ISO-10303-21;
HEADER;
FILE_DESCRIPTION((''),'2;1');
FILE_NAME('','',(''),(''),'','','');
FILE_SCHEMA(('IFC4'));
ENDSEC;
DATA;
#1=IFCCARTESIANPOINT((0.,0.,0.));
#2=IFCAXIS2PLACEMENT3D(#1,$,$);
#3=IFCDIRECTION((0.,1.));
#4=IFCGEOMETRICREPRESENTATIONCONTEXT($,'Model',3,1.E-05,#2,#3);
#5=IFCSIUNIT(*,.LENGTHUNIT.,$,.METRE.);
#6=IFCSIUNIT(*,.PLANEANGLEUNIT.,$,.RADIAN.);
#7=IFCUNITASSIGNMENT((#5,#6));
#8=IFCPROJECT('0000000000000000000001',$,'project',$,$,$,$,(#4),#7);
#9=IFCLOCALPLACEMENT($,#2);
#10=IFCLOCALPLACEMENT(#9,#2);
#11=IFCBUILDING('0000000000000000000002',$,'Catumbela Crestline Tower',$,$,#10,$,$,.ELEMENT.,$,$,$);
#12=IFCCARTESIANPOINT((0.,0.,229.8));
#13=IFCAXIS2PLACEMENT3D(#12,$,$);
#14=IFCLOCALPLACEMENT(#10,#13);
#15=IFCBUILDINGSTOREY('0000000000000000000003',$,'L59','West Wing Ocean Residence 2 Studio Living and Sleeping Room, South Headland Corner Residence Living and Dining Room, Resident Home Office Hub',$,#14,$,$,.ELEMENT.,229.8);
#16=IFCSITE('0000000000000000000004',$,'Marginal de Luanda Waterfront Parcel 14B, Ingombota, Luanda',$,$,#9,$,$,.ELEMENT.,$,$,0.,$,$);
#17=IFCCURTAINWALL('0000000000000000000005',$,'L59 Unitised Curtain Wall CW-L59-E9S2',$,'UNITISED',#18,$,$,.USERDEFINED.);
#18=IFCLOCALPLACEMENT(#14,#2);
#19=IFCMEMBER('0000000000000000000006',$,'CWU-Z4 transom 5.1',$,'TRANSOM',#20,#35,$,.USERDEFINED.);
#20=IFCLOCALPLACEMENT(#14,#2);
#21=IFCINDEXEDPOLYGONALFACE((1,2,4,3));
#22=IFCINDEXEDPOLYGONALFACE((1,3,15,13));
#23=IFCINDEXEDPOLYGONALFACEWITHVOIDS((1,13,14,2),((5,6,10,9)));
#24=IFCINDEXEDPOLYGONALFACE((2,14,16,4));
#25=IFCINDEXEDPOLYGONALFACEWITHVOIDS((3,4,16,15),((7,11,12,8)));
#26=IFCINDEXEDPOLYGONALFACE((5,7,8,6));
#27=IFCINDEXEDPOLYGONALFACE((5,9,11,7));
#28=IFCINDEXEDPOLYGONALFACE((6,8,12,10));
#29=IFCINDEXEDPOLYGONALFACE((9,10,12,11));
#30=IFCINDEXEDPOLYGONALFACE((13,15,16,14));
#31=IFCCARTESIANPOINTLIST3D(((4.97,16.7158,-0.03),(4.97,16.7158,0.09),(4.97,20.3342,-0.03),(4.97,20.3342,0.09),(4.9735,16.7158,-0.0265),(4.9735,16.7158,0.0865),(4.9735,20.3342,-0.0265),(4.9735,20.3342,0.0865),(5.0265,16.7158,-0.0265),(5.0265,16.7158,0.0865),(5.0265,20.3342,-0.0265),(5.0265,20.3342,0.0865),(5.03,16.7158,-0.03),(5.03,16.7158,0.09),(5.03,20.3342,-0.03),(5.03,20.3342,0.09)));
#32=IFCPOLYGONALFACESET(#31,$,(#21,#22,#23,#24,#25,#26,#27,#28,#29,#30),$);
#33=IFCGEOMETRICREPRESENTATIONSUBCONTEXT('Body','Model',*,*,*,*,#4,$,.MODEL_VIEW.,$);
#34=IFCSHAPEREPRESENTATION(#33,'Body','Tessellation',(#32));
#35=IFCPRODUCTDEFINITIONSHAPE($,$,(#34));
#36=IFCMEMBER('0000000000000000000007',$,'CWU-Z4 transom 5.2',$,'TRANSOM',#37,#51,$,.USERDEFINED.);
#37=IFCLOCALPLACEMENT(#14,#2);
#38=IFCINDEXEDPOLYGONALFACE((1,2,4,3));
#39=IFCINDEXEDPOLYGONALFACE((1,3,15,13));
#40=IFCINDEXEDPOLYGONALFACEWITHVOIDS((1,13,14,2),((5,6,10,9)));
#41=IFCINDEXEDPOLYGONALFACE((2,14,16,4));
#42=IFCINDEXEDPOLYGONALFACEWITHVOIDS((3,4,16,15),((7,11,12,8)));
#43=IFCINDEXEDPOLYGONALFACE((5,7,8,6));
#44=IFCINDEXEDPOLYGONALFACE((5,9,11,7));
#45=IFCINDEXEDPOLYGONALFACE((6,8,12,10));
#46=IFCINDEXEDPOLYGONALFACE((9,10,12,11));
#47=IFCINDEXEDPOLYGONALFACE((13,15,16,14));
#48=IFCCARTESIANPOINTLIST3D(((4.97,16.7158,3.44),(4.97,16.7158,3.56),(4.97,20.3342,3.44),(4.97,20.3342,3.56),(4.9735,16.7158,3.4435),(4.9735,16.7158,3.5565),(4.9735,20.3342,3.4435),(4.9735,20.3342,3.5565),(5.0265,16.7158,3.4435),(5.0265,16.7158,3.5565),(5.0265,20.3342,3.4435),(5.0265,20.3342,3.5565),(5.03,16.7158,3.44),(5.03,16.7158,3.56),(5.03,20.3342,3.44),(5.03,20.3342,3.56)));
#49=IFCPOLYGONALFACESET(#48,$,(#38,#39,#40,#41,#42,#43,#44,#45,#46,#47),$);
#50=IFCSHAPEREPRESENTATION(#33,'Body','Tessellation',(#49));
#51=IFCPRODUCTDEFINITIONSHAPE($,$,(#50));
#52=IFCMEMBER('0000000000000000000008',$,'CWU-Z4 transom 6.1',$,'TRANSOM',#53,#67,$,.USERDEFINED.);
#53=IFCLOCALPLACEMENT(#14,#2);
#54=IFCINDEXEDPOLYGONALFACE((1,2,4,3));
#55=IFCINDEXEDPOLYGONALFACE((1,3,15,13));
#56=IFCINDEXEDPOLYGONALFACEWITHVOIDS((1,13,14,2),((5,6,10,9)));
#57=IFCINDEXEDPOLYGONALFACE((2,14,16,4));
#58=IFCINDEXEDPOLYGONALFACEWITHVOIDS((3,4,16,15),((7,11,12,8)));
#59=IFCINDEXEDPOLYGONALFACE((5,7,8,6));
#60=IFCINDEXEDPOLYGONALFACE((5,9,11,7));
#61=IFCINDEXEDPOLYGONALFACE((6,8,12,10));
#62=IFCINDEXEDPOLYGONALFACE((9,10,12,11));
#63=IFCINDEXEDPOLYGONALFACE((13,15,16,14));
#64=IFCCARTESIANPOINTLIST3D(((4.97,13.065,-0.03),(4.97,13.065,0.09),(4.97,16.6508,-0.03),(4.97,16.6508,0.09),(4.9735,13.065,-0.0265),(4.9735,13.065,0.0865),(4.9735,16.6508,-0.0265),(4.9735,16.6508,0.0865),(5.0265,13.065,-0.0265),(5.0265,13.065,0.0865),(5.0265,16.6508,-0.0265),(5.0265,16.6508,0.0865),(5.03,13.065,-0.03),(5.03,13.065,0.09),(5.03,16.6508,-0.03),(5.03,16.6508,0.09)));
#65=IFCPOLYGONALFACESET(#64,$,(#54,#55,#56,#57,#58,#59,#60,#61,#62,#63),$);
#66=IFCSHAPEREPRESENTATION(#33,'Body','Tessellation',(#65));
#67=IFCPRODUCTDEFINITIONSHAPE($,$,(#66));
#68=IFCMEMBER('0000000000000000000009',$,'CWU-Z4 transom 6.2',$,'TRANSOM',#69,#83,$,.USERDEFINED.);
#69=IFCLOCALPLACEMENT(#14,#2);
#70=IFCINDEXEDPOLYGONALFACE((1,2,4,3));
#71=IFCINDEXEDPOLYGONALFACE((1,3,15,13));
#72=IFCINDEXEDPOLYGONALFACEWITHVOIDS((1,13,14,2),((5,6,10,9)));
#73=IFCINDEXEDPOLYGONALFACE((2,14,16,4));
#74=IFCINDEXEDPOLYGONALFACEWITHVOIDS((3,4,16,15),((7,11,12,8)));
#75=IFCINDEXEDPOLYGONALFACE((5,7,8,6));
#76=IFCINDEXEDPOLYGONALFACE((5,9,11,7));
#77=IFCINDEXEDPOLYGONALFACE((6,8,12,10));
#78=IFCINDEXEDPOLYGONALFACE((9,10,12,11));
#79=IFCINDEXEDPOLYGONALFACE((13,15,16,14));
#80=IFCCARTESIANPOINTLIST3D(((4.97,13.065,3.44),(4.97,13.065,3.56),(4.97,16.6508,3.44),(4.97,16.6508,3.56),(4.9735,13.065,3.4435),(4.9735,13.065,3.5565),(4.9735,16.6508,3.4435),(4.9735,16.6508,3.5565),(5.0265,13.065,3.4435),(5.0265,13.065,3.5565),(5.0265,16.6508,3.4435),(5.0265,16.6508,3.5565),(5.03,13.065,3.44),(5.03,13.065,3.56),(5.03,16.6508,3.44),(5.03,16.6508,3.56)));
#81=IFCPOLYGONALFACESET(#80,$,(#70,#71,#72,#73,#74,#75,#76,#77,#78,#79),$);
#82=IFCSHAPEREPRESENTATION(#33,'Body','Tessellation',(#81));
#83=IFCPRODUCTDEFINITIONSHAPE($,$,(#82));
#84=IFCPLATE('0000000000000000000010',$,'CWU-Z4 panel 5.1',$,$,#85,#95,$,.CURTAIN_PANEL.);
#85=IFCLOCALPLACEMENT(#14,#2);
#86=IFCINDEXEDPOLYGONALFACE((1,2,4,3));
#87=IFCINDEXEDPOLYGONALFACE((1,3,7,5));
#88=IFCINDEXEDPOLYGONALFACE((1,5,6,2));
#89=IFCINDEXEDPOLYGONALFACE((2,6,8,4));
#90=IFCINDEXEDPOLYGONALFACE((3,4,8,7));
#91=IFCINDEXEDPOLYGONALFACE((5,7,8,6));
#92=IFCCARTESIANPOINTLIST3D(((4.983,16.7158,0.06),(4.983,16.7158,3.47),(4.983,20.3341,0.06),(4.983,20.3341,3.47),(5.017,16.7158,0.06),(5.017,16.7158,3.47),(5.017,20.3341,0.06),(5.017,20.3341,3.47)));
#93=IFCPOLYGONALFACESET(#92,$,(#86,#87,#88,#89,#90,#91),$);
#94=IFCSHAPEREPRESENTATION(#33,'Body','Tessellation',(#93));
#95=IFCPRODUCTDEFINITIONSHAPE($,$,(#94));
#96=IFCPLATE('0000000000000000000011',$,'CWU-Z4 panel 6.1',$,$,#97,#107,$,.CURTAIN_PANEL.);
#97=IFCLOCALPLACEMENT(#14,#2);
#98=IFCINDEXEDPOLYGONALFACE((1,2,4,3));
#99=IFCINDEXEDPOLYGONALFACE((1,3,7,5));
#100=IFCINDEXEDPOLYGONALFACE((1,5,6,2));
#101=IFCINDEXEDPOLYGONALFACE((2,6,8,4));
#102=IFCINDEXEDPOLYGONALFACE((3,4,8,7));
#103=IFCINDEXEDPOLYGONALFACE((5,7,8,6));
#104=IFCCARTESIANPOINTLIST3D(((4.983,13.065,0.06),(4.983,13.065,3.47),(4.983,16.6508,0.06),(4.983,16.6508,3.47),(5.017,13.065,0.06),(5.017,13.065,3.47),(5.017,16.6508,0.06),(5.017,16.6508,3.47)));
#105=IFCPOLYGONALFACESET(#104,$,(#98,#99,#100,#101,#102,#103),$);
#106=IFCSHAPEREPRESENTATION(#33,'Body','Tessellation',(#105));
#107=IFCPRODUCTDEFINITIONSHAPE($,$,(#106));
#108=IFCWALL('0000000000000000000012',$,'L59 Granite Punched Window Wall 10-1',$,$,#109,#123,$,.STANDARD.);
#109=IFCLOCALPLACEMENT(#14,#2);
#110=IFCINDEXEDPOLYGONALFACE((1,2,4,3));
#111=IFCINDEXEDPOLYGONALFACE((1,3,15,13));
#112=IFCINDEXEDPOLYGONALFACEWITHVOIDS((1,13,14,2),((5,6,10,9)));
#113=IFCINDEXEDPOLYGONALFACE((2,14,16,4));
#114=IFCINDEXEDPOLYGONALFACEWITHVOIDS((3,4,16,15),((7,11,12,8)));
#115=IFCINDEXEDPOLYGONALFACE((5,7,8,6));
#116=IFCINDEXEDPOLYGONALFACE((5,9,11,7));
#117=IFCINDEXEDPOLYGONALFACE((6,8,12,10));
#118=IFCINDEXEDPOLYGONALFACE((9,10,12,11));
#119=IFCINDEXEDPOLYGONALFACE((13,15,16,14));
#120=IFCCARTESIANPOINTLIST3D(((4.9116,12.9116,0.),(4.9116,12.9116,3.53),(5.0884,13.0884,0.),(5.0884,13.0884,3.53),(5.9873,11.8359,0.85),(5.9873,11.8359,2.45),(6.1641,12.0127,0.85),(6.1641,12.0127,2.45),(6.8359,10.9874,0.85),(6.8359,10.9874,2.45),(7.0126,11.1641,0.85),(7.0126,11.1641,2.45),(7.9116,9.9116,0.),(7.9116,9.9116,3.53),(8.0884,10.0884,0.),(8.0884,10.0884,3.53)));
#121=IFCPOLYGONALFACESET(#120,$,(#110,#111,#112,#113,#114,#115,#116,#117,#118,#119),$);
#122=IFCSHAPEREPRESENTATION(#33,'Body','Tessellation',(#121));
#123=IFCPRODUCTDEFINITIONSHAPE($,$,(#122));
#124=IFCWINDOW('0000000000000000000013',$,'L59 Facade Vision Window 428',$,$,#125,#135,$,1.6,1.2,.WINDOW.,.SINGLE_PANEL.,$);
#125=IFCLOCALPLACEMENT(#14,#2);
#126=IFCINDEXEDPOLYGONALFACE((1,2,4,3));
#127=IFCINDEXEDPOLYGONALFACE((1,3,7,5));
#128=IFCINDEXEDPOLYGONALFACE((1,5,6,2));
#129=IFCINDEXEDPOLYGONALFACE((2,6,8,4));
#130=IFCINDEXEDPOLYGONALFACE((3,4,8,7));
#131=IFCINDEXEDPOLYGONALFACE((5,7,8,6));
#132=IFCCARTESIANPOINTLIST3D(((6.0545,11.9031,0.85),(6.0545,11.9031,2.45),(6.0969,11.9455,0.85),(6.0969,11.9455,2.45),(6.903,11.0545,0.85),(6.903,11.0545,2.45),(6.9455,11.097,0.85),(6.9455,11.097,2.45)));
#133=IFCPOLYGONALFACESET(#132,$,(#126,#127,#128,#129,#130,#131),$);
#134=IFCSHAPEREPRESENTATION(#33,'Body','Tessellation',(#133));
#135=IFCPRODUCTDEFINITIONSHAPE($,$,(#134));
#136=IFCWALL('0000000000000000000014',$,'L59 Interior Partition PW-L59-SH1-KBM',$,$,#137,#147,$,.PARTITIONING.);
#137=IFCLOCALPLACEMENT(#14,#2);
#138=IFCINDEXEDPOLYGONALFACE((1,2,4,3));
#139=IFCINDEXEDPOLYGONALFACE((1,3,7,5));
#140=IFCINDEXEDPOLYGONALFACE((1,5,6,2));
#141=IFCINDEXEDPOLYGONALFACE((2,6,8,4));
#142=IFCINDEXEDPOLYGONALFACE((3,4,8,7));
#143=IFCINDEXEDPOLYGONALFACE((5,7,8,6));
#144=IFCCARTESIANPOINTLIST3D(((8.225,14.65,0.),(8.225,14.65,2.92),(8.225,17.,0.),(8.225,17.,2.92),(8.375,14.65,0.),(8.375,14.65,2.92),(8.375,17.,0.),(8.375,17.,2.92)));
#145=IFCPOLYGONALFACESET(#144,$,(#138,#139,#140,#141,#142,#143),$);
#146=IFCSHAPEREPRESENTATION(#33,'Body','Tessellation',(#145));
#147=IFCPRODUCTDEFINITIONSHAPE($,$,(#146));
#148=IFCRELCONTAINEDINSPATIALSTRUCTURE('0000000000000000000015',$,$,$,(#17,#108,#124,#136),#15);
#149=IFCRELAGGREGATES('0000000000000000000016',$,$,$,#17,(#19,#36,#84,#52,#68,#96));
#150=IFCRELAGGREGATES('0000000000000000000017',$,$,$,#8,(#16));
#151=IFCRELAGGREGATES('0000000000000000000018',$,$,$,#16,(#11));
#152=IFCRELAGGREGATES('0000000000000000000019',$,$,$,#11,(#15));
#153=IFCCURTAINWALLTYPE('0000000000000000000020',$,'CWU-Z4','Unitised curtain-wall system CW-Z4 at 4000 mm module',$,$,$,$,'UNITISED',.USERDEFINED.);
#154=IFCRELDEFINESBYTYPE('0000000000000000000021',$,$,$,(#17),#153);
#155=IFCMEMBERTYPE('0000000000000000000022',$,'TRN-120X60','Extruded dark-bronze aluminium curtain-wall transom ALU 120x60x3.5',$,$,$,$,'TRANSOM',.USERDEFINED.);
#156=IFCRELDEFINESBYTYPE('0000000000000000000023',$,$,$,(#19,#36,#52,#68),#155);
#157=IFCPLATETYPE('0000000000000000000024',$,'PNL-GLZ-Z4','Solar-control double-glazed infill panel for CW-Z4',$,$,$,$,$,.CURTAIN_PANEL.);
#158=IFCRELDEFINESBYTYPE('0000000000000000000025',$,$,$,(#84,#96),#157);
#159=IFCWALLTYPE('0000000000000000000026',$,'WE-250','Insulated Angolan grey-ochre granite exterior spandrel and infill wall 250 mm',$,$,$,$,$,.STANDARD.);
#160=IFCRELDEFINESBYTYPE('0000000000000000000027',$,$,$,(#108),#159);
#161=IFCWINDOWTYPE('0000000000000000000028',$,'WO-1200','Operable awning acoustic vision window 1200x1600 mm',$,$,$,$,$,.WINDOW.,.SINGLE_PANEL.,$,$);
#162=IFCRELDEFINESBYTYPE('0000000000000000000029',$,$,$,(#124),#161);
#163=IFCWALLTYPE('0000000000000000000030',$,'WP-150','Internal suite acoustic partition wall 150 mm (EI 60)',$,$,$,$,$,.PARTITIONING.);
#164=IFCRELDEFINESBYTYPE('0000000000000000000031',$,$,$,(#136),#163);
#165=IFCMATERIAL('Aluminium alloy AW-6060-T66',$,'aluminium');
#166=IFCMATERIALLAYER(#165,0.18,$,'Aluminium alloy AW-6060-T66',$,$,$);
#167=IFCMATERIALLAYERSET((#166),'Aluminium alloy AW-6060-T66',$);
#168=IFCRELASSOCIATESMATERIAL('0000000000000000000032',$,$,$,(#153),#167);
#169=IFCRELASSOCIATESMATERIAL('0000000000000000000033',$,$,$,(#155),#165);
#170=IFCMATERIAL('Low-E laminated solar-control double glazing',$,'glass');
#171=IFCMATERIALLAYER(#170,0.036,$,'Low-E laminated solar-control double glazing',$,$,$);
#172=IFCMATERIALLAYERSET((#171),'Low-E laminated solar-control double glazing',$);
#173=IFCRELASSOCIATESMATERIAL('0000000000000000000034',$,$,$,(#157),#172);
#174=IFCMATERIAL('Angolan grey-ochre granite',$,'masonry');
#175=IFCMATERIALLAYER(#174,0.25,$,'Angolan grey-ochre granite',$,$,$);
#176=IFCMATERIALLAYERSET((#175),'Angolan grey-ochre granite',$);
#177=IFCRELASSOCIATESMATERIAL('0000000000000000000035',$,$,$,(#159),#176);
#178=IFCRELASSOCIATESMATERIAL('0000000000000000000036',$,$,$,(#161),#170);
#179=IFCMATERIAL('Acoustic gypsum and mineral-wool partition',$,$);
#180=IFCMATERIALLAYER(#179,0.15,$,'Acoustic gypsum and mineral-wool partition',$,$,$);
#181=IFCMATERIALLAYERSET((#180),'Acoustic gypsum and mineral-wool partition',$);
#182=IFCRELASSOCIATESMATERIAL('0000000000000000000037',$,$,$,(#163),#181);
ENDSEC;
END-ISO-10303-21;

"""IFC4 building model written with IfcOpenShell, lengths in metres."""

from ifc_helpers import new_model, si_unit, direction, frame, frame_2d, origin, origin_2d, place, context, subcontext, project, spatial, rectangle, hollow_rectangle, extrude, material, layer, layer_set, material_profile, profile_set, type_object, element, fill, aggregate, save


model = new_model("IFC4")

# Units and contexts
model_context = context("Model", 3, precision=1e-05, world=origin(), true_north=direction((0.0, 1.0)))
body_context = subcontext(model_context, "Body", "Model", "MODEL_VIEW")
ifc_project = project(units=[si_unit("LENGTHUNIT", "METRE"), si_unit("PLANEANGLEUNIT", "RADIAN")], contexts=[model_context])

# Site, building, storey
site_placement = place(None, origin())
site = spatial("IfcSite", under=ifc_project, at=site_placement, Name="Marginal de Luanda Waterfront Parcel 14B, Ingombota, Luanda", CompositionType="ELEMENT", RefElevation=0.0)
building_placement = place(site_placement, origin())
building = spatial("IfcBuilding", under=site, at=building_placement, Name="Catumbela Crestline Tower", CompositionType="ELEMENT")
storey_placement = place(building_placement, frame((0.0, 0.0, 229.8)))
storey = spatial("IfcBuildingStorey", under=building, at=storey_placement, Name="L59", Description="West Wing Ocean Residence 2 Studio Living and Sleeping Room, South Headland Corner Residence Living and Dining Room, Resident Home Office Hub", CompositionType="ELEMENT", Elevation=229.8)

# Curtain wall, members, plates
ifc_material_1 = material(Name="Aluminium alloy AW-6060-T66", Category="aluminium")
ifc_layer_1 = layer(ifc_material_1, 0.18, Name="Aluminium alloy AW-6060-T66")
ifc_layer_set_1 = layer_set([ifc_layer_1], Name="Aluminium alloy AW-6060-T66")
curtain_wall_type = type_object("IfcCurtainWallType", Name="CWU-Z4", Description="Unitised curtain-wall system CW-Z4 at 4000 mm module", ElementType="UNITISED", PredefinedType="USERDEFINED", material=ifc_layer_set_1)
curtain_wall_placement = place(storey_placement, origin())
curtain_wall = element("IfcCurtainWall", 1, at=curtain_wall_placement, inside=storey, type_object=curtain_wall_type, Name="L59 Unitised Curtain Wall CW-L59-E9S2", ObjectType="UNITISED", PredefinedType="USERDEFINED")
ifc_material_profile_1 = material_profile(ifc_material_1, hollow_rectangle(XDim=0.06, YDim=0.12, WallThickness=0.0035, at=origin_2d()), Name="ALU 120x60x3.5")
ifc_profile_set_1 = profile_set([ifc_material_profile_1], Name="Aluminium alloy AW-6060-T66")
member_type_1 = type_object("IfcMemberType", Name="TRN-120X60", Description="Extruded dark-bronze aluminium curtain-wall transom ALU 120x60x3.5", ElementType="TRANSOM", PredefinedType="USERDEFINED", material=ifc_profile_set_1)
member_1_placement = place(storey_placement, frame((5.0, 20.3342, 0.03), z_axis=(0.0, -1.0, 0.0), x_axis=(1.0, 0.0, 0.0)))
member_1 = element("IfcMember", 2, at=member_1_placement, type_object=member_type_1, Name="CWU-Z4 transom 5.1", ObjectType="TRANSOM", PredefinedType="USERDEFINED", context=body_context, shape_type="SweptSolid", body=[
    extrude(hollow_rectangle(XDim=0.06, YDim=0.12, WallThickness=0.0035, at=origin_2d()), origin(), (0.0, 0.0, 1.0), 3.6184),
])
member_2_placement = place(storey_placement, frame((5.0, 20.3342, 3.5), z_axis=(0.0, -1.0, 0.0), x_axis=(1.0, 0.0, 0.0)))
member_2 = element("IfcMember", 3, at=member_2_placement, type_object=member_type_1, Name="CWU-Z4 transom 5.2", ObjectType="TRANSOM", PredefinedType="USERDEFINED", context=body_context, shape_type="SweptSolid", body=[
    extrude(hollow_rectangle(XDim=0.06, YDim=0.12, WallThickness=0.0035, at=origin_2d()), origin(), (0.0, 0.0, 1.0), 3.6184),
])
member_3_placement = place(storey_placement, frame((5.0, 16.6508, 0.03), z_axis=(0.0, -1.0, 0.0), x_axis=(1.0, 0.0, 0.0)))
member_3 = element("IfcMember", 4, at=member_3_placement, type_object=member_type_1, Name="CWU-Z4 transom 6.1", ObjectType="TRANSOM", PredefinedType="USERDEFINED", context=body_context, shape_type="SweptSolid", body=[
    extrude(hollow_rectangle(XDim=0.06, YDim=0.12, WallThickness=0.0035, at=origin_2d()), origin(), (0.0, 0.0, 1.0), 3.5858),
])
member_4_placement = place(storey_placement, frame((5.0, 16.6508, 3.5), z_axis=(0.0, -1.0, 0.0), x_axis=(1.0, 0.0, 0.0)))
member_4 = element("IfcMember", 5, at=member_4_placement, type_object=member_type_1, Name="CWU-Z4 transom 6.2", ObjectType="TRANSOM", PredefinedType="USERDEFINED", context=body_context, shape_type="SweptSolid", body=[
    extrude(hollow_rectangle(XDim=0.06, YDim=0.12, WallThickness=0.0035, at=origin_2d()), origin(), (0.0, 0.0, 1.0), 3.5858),
])
ifc_material_2 = material(Name="Low-E laminated solar-control double glazing", Category="glass")
ifc_layer_2 = layer(ifc_material_2, 0.036, Name="Low-E laminated solar-control double glazing")
ifc_layer_set_2 = layer_set([ifc_layer_2], Name="Low-E laminated solar-control double glazing")
plate_type = type_object("IfcPlateType", Name="PNL-GLZ-Z4", Description="Solar-control double-glazed infill panel for CW-Z4", PredefinedType="CURTAIN_PANEL", material=ifc_layer_set_2)
plate_1_placement = place(storey_placement, frame((5.0, 18.525, 0.06), z_axis=(0.0, 0.0, 1.0), x_axis=(0.0, -1.0, 0.0)))
plate_1 = element("IfcPlate", 6, at=plate_1_placement, type_object=plate_type, Name="CWU-Z4 panel 5.1", PredefinedType="CURTAIN_PANEL", context=body_context, shape_type="SweptSolid", body=[
    extrude(rectangle(XDim=3.6183, YDim=0.034, at=origin_2d()), origin(), (0.0, 0.0, 1.0), 3.41),
])
plate_2_placement = place(storey_placement, frame((5.0, 14.8579, 0.06), z_axis=(0.0, 0.0, 1.0), x_axis=(0.0, -1.0, 0.0)))
plate_2 = element("IfcPlate", 7, at=plate_2_placement, type_object=plate_type, Name="CWU-Z4 panel 6.1", PredefinedType="CURTAIN_PANEL", context=body_context, shape_type="SweptSolid", body=[
    extrude(rectangle(XDim=3.5858, YDim=0.034, at=origin_2d()), origin(), (0.0, 0.0, 1.0), 3.41),
])
aggregate(curtain_wall, [member_1, member_2, plate_1, member_3, member_4, plate_2])

# Wall, opening, window
ifc_material_3 = material(Name="Angolan grey-ochre granite", Category="masonry")
ifc_layer_3 = layer(ifc_material_3, 0.25, Name="Angolan grey-ochre granite")
ifc_layer_set_3 = layer_set([ifc_layer_3], Name="Angolan grey-ochre granite")
wall_type_1 = type_object("IfcWallType", Name="WE-250", Description="Insulated Angolan grey-ochre granite exterior spandrel and infill wall 250 mm", PredefinedType="STANDARD", material=ifc_layer_set_3)
wall_1_placement = place(storey_placement, frame((5.0, 13.0, 0.0), z_axis=(0.0, 0.0, 1.0), x_axis=(0.707107, -0.707107, 0.0)))
wall_1 = element("IfcWall", 8, at=wall_1_placement, inside=storey, type_object=wall_type_1, Name="L59 Granite Punched Window Wall 10-1", PredefinedType="STANDARD", context=body_context, shape_type="SweptSolid", body=[
    extrude(rectangle(XDim=4.2426, YDim=0.25, at=frame_2d((2.1213, 0.0))), origin(), (0.0, 0.0, 1.0), 3.53),
])
opening_1_placement = place(wall_1_placement, frame((1.5213, 0.0, 0.85)))
opening_1 = element("IfcOpeningElement", 9, at=opening_1_placement, cuts=wall_1, PredefinedType="OPENING", context=body_context, shape_type="SweptSolid", body=[
    extrude(rectangle(XDim=1.2, YDim=1.6, at=frame_2d((0.6, 0.8))), frame((0.0, 0.135, 0.0), z_axis=(0.0, -1.0, 0.0), x_axis=(1.0, 0.0, 0.0)), (0.0, 0.0, 1.0), 0.27),
])
window_type = type_object("IfcWindowType", Name="WO-1200", Description="Operable awning acoustic vision window 1200x1600 mm", PartitioningType="SINGLE_PANEL", PredefinedType="WINDOW", material=ifc_material_2)
window_placement = place(opening_1_placement, origin())
window = element("IfcWindow", 10, at=window_placement, inside=storey, type_object=window_type, Name="L59 Facade Vision Window 428", OverallHeight=1.6, OverallWidth=1.2, PartitioningType="SINGLE_PANEL", PredefinedType="WINDOW", context=body_context, shape_type="SweptSolid", body=[
    extrude(rectangle(XDim=1.2, YDim=1.6, at=frame_2d((0.6, 0.8))), frame((0.0, 0.03, 0.0), z_axis=(0.0, -1.0, 0.0), x_axis=(1.0, 0.0, 0.0)), (0.0, 0.0, 1.0), 0.06),
])
fill(opening_1, window)

# Wall
ifc_material_4 = material(Name="Acoustic gypsum and mineral-wool partition")
ifc_layer_4 = layer(ifc_material_4, 0.15, Name="Acoustic gypsum and mineral-wool partition")
ifc_layer_set_4 = layer_set([ifc_layer_4], Name="Acoustic gypsum and mineral-wool partition")
wall_type_2 = type_object("IfcWallType", Name="WP-150", Description="Internal suite acoustic partition wall 150 mm (EI 60)", PredefinedType="PARTITIONING", material=ifc_layer_set_4)
wall_2_placement = place(storey_placement, frame((8.3, 14.65, 0.0), z_axis=(0.0, 0.0, 1.0), x_axis=(0.0, 1.0, 0.0)))
element("IfcWall", 11, at=wall_2_placement, inside=storey, type_object=wall_type_2, Name="L59 Interior Partition PW-L59-SH1-KBM", PredefinedType="PARTITIONING", context=body_context, shape_type="SweptSolid", body=[
    extrude(rectangle(XDim=2.35, YDim=0.15, at=frame_2d((1.175, 0.0))), origin(), (0.0, 0.0, 1.0), 2.92),
])

save(model, "model.ifc")
